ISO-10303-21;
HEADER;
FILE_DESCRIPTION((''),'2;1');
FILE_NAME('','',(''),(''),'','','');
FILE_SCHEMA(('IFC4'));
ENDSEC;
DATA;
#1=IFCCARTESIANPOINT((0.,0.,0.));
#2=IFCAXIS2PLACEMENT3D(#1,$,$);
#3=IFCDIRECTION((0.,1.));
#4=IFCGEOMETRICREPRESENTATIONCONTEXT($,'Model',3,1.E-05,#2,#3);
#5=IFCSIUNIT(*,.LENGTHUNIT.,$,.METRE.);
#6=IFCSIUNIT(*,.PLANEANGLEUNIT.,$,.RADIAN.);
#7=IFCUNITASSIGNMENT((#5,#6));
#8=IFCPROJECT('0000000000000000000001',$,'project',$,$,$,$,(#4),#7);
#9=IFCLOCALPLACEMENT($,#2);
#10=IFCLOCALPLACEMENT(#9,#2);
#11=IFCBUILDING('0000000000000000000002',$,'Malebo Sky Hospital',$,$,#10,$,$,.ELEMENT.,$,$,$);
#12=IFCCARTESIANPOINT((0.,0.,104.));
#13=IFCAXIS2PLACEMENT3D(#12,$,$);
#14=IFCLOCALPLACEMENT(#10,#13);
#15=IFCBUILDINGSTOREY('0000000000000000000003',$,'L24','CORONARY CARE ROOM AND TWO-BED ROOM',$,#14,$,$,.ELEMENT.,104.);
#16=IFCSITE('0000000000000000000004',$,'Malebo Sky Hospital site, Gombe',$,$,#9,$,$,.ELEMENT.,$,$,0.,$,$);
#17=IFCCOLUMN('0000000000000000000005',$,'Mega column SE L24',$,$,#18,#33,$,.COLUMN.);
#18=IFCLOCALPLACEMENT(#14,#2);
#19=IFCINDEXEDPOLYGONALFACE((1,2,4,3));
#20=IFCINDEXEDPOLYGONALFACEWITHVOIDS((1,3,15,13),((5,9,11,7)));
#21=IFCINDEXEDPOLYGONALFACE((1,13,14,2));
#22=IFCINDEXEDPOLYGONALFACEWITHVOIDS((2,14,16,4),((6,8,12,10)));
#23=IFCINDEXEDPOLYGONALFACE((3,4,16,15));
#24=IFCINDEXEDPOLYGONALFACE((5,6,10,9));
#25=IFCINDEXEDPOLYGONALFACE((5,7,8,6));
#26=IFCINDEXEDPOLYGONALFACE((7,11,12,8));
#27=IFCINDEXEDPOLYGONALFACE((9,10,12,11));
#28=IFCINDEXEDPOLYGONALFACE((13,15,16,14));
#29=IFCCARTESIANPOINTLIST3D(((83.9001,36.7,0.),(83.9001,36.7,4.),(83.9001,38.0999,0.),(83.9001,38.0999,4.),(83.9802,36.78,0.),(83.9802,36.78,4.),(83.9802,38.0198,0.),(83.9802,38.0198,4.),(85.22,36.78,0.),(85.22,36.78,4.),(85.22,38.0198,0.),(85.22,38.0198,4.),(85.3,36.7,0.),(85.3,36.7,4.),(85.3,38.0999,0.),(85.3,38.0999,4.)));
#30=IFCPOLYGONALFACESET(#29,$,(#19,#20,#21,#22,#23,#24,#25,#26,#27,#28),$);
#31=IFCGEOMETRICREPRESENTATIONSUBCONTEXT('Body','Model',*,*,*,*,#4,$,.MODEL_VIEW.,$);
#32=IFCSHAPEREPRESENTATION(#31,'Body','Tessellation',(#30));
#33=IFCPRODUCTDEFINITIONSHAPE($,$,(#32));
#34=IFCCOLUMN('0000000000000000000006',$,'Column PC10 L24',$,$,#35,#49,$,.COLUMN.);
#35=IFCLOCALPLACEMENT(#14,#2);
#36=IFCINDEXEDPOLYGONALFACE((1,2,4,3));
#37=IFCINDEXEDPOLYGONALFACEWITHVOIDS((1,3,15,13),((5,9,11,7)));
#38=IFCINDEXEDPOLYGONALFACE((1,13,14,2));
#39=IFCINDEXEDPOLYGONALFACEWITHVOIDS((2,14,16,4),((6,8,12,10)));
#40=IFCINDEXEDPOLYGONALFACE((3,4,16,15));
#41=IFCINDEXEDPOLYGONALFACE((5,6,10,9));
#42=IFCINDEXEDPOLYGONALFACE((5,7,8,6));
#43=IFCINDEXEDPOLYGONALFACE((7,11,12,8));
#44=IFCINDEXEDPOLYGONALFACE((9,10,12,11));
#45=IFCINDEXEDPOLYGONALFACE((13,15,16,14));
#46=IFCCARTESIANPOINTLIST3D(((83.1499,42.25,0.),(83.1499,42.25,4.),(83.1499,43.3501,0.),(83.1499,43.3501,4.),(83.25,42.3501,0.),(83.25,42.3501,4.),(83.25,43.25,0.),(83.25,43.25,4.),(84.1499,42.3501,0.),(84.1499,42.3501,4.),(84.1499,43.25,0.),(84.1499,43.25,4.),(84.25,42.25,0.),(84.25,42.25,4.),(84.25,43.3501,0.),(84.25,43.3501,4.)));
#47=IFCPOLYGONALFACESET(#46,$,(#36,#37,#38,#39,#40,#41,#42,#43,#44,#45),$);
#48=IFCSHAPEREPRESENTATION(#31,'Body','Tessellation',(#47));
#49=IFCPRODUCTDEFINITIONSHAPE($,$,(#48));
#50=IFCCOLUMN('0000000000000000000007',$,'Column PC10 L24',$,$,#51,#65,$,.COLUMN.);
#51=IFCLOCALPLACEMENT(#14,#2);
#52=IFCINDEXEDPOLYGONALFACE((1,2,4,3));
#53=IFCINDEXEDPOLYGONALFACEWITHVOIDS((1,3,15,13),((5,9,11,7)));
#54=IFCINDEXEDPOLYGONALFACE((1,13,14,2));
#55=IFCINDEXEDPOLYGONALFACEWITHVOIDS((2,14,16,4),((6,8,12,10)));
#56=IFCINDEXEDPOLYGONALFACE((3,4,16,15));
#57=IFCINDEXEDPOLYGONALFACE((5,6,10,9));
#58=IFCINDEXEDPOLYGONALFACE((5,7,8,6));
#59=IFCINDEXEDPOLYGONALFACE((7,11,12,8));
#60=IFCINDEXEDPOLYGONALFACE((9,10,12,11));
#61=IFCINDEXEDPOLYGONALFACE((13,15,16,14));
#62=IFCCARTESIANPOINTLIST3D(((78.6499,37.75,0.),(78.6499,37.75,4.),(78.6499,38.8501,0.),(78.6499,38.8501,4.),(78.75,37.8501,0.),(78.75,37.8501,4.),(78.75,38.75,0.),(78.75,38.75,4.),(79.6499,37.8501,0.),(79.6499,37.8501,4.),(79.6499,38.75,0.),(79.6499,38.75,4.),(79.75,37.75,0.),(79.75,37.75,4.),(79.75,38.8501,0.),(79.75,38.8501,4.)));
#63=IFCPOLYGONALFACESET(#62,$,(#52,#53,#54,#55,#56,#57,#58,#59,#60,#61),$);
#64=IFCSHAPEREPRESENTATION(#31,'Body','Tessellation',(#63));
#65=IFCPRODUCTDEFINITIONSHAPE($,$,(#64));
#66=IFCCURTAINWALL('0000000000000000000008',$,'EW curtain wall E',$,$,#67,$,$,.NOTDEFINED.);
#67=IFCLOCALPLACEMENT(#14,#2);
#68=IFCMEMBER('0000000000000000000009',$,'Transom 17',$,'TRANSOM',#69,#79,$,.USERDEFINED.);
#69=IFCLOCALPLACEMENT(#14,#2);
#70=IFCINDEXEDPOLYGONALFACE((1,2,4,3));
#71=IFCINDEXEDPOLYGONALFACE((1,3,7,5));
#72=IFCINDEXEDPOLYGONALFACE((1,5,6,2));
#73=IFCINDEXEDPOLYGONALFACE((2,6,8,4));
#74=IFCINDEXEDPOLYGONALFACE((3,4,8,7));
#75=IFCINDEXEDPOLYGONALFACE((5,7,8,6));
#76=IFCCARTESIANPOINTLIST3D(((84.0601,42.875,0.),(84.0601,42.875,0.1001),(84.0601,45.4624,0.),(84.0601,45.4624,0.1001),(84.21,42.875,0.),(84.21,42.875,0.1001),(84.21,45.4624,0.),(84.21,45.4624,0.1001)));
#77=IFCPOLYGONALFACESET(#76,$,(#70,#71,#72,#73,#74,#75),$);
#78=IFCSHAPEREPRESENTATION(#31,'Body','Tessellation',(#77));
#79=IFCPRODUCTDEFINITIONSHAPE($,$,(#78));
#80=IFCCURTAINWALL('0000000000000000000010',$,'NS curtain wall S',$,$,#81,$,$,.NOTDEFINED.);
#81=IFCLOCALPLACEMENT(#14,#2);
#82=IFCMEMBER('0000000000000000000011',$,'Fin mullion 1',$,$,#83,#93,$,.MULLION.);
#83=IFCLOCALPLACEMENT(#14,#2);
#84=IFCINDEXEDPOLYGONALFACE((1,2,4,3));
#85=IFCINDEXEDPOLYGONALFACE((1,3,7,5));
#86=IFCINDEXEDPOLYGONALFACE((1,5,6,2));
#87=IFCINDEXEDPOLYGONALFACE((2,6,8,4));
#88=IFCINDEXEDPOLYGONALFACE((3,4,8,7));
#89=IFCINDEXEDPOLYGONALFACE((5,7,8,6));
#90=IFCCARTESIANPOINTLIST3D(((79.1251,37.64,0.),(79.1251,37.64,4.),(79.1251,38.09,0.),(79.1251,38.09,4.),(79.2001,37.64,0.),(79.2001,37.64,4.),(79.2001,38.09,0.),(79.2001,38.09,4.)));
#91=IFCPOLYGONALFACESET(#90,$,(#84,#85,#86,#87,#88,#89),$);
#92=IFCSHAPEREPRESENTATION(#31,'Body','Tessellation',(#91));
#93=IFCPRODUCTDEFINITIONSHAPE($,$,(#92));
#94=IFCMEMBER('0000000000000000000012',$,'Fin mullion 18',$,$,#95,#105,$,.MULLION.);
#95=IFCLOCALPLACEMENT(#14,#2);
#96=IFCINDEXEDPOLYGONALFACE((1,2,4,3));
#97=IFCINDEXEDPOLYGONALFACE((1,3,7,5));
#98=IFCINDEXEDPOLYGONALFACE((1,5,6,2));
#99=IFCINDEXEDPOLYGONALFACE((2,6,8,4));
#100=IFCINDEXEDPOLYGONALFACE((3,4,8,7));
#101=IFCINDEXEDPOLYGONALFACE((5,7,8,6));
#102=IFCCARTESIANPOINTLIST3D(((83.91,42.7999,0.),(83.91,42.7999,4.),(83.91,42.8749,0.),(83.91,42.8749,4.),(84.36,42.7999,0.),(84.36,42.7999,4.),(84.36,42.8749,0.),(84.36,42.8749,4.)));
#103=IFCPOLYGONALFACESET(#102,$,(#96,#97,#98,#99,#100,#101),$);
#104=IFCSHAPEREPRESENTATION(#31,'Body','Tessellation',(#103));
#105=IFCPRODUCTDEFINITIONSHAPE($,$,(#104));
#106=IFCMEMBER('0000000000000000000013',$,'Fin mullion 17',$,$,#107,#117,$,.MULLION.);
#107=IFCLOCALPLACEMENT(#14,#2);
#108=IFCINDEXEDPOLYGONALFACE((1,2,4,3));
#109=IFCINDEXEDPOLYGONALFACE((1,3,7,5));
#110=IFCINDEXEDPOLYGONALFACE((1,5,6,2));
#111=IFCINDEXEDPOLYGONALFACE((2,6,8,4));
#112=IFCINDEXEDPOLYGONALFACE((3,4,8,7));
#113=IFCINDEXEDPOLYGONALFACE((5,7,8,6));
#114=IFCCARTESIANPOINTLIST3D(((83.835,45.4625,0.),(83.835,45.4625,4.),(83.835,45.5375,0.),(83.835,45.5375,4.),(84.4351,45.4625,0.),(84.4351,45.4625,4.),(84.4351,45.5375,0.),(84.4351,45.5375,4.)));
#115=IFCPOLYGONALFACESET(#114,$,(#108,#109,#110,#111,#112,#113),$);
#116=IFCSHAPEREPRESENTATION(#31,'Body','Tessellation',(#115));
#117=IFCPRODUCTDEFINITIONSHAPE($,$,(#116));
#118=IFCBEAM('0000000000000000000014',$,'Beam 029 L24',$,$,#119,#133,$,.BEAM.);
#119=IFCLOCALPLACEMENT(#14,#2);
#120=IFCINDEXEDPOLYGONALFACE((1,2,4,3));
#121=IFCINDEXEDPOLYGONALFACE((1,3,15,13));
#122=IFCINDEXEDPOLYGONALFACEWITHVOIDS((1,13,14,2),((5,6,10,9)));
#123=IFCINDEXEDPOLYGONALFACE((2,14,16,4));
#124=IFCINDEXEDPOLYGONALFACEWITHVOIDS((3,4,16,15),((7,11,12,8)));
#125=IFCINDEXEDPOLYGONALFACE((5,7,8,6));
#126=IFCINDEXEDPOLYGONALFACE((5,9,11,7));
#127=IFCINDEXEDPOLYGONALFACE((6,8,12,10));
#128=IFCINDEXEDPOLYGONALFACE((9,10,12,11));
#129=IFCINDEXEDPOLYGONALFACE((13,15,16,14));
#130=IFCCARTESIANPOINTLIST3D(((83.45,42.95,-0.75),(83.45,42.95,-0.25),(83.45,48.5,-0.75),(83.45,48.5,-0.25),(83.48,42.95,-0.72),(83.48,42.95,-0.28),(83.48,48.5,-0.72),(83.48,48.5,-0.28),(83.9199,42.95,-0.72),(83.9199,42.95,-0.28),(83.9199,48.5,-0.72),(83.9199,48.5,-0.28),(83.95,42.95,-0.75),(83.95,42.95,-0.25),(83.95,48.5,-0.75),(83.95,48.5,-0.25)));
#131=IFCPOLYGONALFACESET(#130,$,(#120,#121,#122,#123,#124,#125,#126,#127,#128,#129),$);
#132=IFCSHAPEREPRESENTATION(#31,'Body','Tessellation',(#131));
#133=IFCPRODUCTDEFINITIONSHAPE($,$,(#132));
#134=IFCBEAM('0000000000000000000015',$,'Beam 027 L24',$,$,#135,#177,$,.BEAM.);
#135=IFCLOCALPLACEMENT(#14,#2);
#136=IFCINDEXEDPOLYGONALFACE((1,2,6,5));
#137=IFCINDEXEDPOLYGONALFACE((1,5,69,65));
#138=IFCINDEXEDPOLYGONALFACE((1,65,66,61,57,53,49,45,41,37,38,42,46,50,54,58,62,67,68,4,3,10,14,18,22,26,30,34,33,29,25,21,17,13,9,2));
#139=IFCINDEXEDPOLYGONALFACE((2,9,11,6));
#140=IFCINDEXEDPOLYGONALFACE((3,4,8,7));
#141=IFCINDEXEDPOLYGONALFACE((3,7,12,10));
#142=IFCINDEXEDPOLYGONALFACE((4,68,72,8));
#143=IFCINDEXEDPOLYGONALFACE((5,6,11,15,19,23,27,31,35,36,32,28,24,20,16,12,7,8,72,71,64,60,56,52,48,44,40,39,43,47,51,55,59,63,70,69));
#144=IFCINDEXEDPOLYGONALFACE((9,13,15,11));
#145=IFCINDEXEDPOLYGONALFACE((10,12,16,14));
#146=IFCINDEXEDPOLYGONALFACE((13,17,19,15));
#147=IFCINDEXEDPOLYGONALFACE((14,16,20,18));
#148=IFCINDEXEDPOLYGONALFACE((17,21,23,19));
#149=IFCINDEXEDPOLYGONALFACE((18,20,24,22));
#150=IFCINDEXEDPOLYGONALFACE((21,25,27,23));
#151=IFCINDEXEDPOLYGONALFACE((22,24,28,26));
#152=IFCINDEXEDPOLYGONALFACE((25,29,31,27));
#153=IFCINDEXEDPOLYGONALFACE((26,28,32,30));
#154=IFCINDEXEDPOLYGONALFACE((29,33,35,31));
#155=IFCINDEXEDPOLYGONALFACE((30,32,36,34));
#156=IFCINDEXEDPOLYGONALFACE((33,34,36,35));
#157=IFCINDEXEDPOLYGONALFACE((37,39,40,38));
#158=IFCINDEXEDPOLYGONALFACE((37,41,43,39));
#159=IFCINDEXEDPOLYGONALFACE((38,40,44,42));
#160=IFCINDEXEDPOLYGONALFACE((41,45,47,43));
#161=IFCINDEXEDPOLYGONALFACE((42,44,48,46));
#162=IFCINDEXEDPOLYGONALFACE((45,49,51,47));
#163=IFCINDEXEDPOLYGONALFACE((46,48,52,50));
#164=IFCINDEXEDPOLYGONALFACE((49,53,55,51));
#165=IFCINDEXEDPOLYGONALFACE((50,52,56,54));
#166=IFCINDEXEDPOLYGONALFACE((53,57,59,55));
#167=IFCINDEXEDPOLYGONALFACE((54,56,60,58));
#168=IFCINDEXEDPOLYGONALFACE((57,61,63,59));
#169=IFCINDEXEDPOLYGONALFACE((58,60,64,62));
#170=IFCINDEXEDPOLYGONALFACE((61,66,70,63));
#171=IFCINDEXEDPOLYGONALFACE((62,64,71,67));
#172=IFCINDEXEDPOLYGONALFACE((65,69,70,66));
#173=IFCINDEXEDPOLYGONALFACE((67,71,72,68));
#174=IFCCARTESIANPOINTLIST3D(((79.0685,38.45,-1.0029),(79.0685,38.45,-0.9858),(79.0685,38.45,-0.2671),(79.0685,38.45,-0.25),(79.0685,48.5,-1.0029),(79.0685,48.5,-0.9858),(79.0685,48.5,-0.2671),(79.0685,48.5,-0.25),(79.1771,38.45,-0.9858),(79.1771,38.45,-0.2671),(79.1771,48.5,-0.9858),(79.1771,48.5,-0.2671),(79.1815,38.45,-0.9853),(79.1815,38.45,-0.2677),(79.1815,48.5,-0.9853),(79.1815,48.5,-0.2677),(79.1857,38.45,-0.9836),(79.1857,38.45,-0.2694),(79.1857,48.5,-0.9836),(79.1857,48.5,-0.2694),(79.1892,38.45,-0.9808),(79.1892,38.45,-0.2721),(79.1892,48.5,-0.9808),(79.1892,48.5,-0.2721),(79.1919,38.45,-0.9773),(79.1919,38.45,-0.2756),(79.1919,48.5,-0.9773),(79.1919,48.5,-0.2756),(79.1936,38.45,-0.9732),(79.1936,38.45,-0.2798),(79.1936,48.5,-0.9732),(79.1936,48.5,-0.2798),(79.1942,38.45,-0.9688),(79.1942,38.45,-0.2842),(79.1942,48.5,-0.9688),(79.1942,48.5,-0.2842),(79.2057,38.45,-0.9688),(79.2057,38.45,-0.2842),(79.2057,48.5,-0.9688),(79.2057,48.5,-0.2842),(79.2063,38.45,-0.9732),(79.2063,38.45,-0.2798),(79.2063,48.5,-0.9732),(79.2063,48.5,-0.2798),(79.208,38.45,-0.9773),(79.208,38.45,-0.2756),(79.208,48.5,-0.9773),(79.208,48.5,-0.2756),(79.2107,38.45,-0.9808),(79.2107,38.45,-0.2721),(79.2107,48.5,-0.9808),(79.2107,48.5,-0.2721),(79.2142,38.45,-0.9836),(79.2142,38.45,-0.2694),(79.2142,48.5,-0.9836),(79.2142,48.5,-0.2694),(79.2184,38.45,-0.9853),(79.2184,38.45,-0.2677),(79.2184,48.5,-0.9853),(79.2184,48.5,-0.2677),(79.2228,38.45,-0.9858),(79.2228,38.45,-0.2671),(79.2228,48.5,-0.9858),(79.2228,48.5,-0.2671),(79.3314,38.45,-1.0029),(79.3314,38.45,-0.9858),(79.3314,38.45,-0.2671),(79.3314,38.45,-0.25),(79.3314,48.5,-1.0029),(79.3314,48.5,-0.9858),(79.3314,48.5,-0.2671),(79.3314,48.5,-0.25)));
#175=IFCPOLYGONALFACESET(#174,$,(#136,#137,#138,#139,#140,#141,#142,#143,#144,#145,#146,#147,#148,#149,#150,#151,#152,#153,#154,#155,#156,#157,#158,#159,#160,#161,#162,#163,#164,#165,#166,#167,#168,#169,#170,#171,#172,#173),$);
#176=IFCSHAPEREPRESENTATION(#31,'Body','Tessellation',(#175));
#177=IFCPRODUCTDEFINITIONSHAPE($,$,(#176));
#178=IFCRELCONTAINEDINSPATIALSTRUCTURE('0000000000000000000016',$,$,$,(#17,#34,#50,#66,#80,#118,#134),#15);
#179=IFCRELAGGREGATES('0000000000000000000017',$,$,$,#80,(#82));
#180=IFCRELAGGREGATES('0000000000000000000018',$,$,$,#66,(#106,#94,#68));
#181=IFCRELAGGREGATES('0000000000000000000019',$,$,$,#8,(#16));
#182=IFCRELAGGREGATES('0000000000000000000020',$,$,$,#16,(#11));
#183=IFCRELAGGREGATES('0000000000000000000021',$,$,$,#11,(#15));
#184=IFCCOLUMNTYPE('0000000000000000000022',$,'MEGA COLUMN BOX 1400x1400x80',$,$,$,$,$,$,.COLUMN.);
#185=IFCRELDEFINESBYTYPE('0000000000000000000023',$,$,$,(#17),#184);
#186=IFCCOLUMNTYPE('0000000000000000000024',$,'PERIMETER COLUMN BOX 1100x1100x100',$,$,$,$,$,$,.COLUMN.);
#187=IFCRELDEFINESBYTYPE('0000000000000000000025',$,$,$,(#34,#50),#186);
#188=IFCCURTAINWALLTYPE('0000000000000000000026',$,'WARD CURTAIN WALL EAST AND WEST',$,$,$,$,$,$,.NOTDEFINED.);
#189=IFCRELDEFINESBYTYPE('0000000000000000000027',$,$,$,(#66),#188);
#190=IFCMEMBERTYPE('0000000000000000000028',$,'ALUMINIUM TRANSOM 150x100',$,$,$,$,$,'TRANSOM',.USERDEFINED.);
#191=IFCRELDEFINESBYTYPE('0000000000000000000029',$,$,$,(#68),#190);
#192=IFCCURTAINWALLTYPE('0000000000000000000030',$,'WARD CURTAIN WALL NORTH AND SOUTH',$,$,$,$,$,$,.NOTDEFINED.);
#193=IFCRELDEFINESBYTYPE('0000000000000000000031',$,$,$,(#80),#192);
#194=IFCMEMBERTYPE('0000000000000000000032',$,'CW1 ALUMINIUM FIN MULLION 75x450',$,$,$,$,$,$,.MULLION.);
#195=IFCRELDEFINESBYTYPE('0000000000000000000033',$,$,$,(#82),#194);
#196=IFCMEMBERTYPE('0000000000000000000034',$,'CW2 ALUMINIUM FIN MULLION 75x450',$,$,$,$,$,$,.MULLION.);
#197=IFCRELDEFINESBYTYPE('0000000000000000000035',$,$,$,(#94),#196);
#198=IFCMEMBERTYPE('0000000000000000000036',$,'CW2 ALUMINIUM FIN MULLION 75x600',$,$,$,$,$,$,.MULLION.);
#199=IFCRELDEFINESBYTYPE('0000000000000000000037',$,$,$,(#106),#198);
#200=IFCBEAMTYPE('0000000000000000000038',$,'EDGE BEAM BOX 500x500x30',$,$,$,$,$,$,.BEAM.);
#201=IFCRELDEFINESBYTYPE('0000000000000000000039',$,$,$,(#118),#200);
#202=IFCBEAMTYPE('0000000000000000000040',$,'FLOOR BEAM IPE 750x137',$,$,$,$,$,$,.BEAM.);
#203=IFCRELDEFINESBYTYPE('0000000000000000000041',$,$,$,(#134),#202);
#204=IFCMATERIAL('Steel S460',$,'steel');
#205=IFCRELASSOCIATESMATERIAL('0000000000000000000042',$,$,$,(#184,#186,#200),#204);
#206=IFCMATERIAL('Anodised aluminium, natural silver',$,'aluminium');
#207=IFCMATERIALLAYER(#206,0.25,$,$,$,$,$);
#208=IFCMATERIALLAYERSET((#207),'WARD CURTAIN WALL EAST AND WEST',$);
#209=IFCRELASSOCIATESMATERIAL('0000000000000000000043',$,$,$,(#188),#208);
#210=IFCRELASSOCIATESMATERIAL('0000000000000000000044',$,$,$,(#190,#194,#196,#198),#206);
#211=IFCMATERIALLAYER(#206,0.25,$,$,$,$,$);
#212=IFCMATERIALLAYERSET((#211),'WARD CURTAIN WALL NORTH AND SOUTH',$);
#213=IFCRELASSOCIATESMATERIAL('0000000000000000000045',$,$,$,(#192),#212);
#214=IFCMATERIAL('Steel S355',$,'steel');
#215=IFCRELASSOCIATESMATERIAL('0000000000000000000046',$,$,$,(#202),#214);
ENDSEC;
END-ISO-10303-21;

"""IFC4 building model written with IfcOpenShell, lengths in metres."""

from ifc_helpers import new_model, si_unit, direction, frame, origin, origin_2d, place, context, subcontext, project, spatial, rectangle, hollow_rectangle, i_section, extrude, material, layer, layer_set, material_profile, profile_set, type_object, element, aggregate, save


model = new_model("IFC4")

# Units and contexts
model_context = context("Model", 3, precision=1e-05, world=origin(), true_north=direction((0.0, 1.0)))
body_context = subcontext(model_context, "Body", "Model", "MODEL_VIEW")
ifc_project = project(units=[si_unit("LENGTHUNIT", "METRE"), si_unit("PLANEANGLEUNIT", "RADIAN")], contexts=[model_context])

# Site, building, storey
site_placement = place(None, origin())
site = spatial("IfcSite", under=ifc_project, at=site_placement, Name="Malebo Sky Hospital site, Gombe", CompositionType="ELEMENT", RefElevation=0.0)
building_placement = place(site_placement, origin())
building = spatial("IfcBuilding", under=site, at=building_placement, Name="Malebo Sky Hospital", CompositionType="ELEMENT")
storey_placement = place(building_placement, frame((0.0, 0.0, 104.0)))
storey = spatial("IfcBuildingStorey", under=building, at=storey_placement, Name="L24", Description="CORONARY CARE ROOM AND TWO-BED ROOM", CompositionType="ELEMENT", Elevation=104.0)

# Columns
ifc_material_1 = material(Name="Steel S460", Category="steel")
ifc_material_profile_1 = material_profile(ifc_material_1, hollow_rectangle(XDim=1.3999, YDim=1.3999, WallThickness=0.0801, at=origin_2d()), Name="BOX 1400x1400x80")
ifc_profile_set_1 = profile_set([ifc_material_profile_1], Name="Steel S460")
column_type_1 = type_object("IfcColumnType", Name="MEGA COLUMN BOX 1400x1400x80", PredefinedType="COLUMN", material=ifc_profile_set_1)
column_placement = place(storey_placement, frame((84.6001, 37.3999, 0.0), z_axis=(0.0, 0.0, 1.0), x_axis=(1.0, 0.0, 0.0)))
element("IfcColumn", 1, at=column_placement, inside=storey, type_object=column_type_1, Name="Mega column SE L24", PredefinedType="COLUMN", context=body_context, shape_type="SweptSolid", body=[
    extrude(hollow_rectangle(XDim=1.3999, YDim=1.3999, WallThickness=0.0801, at=origin_2d()), origin(), (0.0, 0.0, 1.0), 4.0),
])
ifc_material_profile_2 = material_profile(ifc_material_1, hollow_rectangle(XDim=1.1001, YDim=1.1001, WallThickness=0.1001, at=origin_2d()), Name="BOX 1100x1100x100")
ifc_profile_set_2 = profile_set([ifc_material_profile_2], Name="Steel S460")
column_type_2 = type_object("IfcColumnType", Name="PERIMETER COLUMN BOX 1100x1100x100", PredefinedType="COLUMN", material=ifc_profile_set_2)
for number, where, z_axis, x_axis, name in (
    (2, (83.7, 42.8, 0.0), (0.0, 0.0, 1.0), (1.0, 0.0, 0.0), "Column PC10 L24"),
    (3, (79.2, 38.3, 0.0), (0.0, 0.0, 1.0), (1.0, 0.0, 0.0), "Column PC10 L24"),
):
    element("IfcColumn", number, at=place(storey_placement, frame(where, z_axis=z_axis, x_axis=x_axis)), inside=storey, type_object=column_type_2, Name=name, PredefinedType="COLUMN", context=body_context, shape_type="SweptSolid", body=[
        extrude(hollow_rectangle(XDim=1.1001, YDim=1.1001, WallThickness=0.1001, at=origin_2d()), origin(), (0.0, 0.0, 1.0), 4.0),
    ])

# Curtain walls, members
ifc_material_2 = material(Name="Anodised aluminium, natural silver", Category="aluminium")
ifc_layer_1 = layer(ifc_material_2, 0.25)
ifc_layer_set_1 = layer_set([ifc_layer_1], Name="WARD CURTAIN WALL EAST AND WEST")
curtain_wall_type_1 = type_object("IfcCurtainWallType", Name="WARD CURTAIN WALL EAST AND WEST", PredefinedType="NOTDEFINED", material=ifc_layer_set_1)
curtain_wall_1_placement = place(storey_placement, origin())
curtain_wall_1 = element("IfcCurtainWall", 4, at=curtain_wall_1_placement, inside=storey, type_object=curtain_wall_type_1, Name="EW curtain wall E", PredefinedType="NOTDEFINED")
ifc_material_profile_3 = material_profile(ifc_material_2, rectangle(XDim=0.1499, YDim=0.1001, at=origin_2d()), Name="ALUMINIUM TRANSOM 150x100")
ifc_profile_set_3 = profile_set([ifc_material_profile_3], Name="Anodised aluminium, natural silver")
member_type_1 = type_object("IfcMemberType", Name="ALUMINIUM TRANSOM 150x100", ElementType="TRANSOM", PredefinedType="USERDEFINED", material=ifc_profile_set_3)
member_1_placement = place(storey_placement, frame((84.135, 45.4624, 0.05), z_axis=(0.0, -1.0, 0.0), x_axis=(1.0, 0.0, 0.0)))
member_1 = element("IfcMember", 5, at=member_1_placement, type_object=member_type_1, Name="Transom 17", ObjectType="TRANSOM", PredefinedType="USERDEFINED", context=body_context, shape_type="SweptSolid", body=[
    extrude(rectangle(XDim=0.1499, YDim=0.1001, at=origin_2d()), origin(), (0.0, 0.0, 1.0), 2.5874),
])
ifc_layer_2 = layer(ifc_material_2, 0.25)
ifc_layer_set_2 = layer_set([ifc_layer_2], Name="WARD CURTAIN WALL NORTH AND SOUTH")
curtain_wall_type_2 = type_object("IfcCurtainWallType", Name="WARD CURTAIN WALL NORTH AND SOUTH", PredefinedType="NOTDEFINED", material=ifc_layer_set_2)
curtain_wall_2_placement = place(storey_placement, origin())
curtain_wall_2 = element("IfcCurtainWall", 6, at=curtain_wall_2_placement, inside=storey, type_object=curtain_wall_type_2, Name="NS curtain wall S", PredefinedType="NOTDEFINED")
ifc_material_profile_4 = material_profile(ifc_material_2, rectangle(XDim=0.075, YDim=0.45, at=origin_2d()), Name="CW1 ALUMINIUM FIN MULLION 75x450")
ifc_profile_set_4 = profile_set([ifc_material_profile_4], Name="Anodised aluminium, natural silver")
member_type_2 = type_object("IfcMemberType", Name="CW1 ALUMINIUM FIN MULLION 75x450", PredefinedType="MULLION", material=ifc_profile_set_4)
member_2_placement = place(storey_placement, frame((79.1626, 37.865, 0.0), z_axis=(0.0, 0.0, 1.0), x_axis=(-1.0, 0.0, 0.0)))
member_2 = element("IfcMember", 7, at=member_2_placement, type_object=member_type_2, Name="Fin mullion 1", PredefinedType="MULLION", context=body_context, shape_type="SweptSolid", body=[
    extrude(rectangle(XDim=0.075, YDim=0.45, at=origin_2d()), origin(), (0.0, 0.0, 1.0), 4.0),
])
aggregate(curtain_wall_2, [member_2])

# Members
ifc_material_profile_5 = material_profile(ifc_material_2, rectangle(XDim=0.075, YDim=0.45, at=origin_2d()), Name="CW2 ALUMINIUM FIN MULLION 75x450")
ifc_profile_set_5 = profile_set([ifc_material_profile_5], Name="Anodised aluminium, natural silver")
member_type_3 = type_object("IfcMemberType", Name="CW2 ALUMINIUM FIN MULLION 75x450", PredefinedType="MULLION", material=ifc_profile_set_5)
member_3_placement = place(storey_placement, frame((84.135, 42.8374, 0.0), z_axis=(0.0, 0.0, 1.0), x_axis=(0.0, -1.0, 0.0)))
member_3 = element("IfcMember", 8, at=member_3_placement, type_object=member_type_3, Name="Fin mullion 18", PredefinedType="MULLION", context=body_context, shape_type="SweptSolid", body=[
    extrude(rectangle(XDim=0.075, YDim=0.45, at=origin_2d()), origin(), (0.0, 0.0, 1.0), 4.0),
])
ifc_material_profile_6 = material_profile(ifc_material_2, rectangle(XDim=0.075, YDim=0.6001, at=origin_2d()), Name="CW2 ALUMINIUM FIN MULLION 75x600")
ifc_profile_set_6 = profile_set([ifc_material_profile_6], Name="Anodised aluminium, natural silver")
member_type_4 = type_object("IfcMemberType", Name="CW2 ALUMINIUM FIN MULLION 75x600", PredefinedType="MULLION", material=ifc_profile_set_6)
member_4_placement = place(storey_placement, frame((84.135, 45.5, 0.0), z_axis=(0.0, 0.0, 1.0), x_axis=(0.0, -1.0, 0.0)))
member_4 = element("IfcMember", 9, at=member_4_placement, type_object=member_type_4, Name="Fin mullion 17", PredefinedType="MULLION", context=body_context, shape_type="SweptSolid", body=[
    extrude(rectangle(XDim=0.075, YDim=0.6001, at=origin_2d()), origin(), (0.0, 0.0, 1.0), 4.0),
])

# Beams
ifc_material_profile_7 = material_profile(ifc_material_1, hollow_rectangle(XDim=0.5, YDim=0.5, WallThickness=0.03, at=origin_2d()), Name="BOX 500x500x30")
ifc_profile_set_7 = profile_set([ifc_material_profile_7], Name="Steel S460")
beam_type_1 = type_object("IfcBeamType", Name="EDGE BEAM BOX 500x500x30", PredefinedType="BEAM", material=ifc_profile_set_7)
beam_1_placement = place(storey_placement, frame((83.7, 42.95, -0.5), z_axis=(0.0, 1.0, 0.0), x_axis=(-1.0, 0.0, 0.0)))
element("IfcBeam", 10, at=beam_1_placement, inside=storey, type_object=beam_type_1, Name="Beam 029 L24", PredefinedType="BEAM", context=body_context, shape_type="SweptSolid", body=[
    extrude(hollow_rectangle(XDim=0.5, YDim=0.5, WallThickness=0.03, at=origin_2d()), origin(), (0.0, 0.0, 1.0), 5.55),
])
ifc_material_3 = material(Name="Steel S355", Category="steel")
ifc_material_profile_8 = material_profile(ifc_material_3, i_section(OverallWidth=0.2629, OverallDepth=0.7529, WebThickness=0.0115, FlangeThickness=0.0171, FilletRadius=0.0171, at=origin_2d()), Name="IPE 750x137")
ifc_profile_set_8 = profile_set([ifc_material_profile_8], Name="Steel S355")
beam_type_2 = type_object("IfcBeamType", Name="FLOOR BEAM IPE 750x137", PredefinedType="BEAM", material=ifc_profile_set_8)
beam_2_placement = place(storey_placement, frame((79.2, 38.45, -0.6265), z_axis=(0.0, 1.0, 0.0), x_axis=(-1.0, 0.0, 0.0)))
element("IfcBeam", 11, at=beam_2_placement, inside=storey, type_object=beam_type_2, Name="Beam 027 L24", PredefinedType="BEAM", context=body_context, shape_type="SweptSolid", body=[
    extrude(i_section(OverallWidth=0.2629, OverallDepth=0.7529, WebThickness=0.0115, FlangeThickness=0.0171, FilletRadius=0.0171, at=origin_2d()), origin(), (0.0, 0.0, 1.0), 10.05),
])

aggregate(curtain_wall_1, [member_4, member_3, member_1])

save(model, "model.ifc")
